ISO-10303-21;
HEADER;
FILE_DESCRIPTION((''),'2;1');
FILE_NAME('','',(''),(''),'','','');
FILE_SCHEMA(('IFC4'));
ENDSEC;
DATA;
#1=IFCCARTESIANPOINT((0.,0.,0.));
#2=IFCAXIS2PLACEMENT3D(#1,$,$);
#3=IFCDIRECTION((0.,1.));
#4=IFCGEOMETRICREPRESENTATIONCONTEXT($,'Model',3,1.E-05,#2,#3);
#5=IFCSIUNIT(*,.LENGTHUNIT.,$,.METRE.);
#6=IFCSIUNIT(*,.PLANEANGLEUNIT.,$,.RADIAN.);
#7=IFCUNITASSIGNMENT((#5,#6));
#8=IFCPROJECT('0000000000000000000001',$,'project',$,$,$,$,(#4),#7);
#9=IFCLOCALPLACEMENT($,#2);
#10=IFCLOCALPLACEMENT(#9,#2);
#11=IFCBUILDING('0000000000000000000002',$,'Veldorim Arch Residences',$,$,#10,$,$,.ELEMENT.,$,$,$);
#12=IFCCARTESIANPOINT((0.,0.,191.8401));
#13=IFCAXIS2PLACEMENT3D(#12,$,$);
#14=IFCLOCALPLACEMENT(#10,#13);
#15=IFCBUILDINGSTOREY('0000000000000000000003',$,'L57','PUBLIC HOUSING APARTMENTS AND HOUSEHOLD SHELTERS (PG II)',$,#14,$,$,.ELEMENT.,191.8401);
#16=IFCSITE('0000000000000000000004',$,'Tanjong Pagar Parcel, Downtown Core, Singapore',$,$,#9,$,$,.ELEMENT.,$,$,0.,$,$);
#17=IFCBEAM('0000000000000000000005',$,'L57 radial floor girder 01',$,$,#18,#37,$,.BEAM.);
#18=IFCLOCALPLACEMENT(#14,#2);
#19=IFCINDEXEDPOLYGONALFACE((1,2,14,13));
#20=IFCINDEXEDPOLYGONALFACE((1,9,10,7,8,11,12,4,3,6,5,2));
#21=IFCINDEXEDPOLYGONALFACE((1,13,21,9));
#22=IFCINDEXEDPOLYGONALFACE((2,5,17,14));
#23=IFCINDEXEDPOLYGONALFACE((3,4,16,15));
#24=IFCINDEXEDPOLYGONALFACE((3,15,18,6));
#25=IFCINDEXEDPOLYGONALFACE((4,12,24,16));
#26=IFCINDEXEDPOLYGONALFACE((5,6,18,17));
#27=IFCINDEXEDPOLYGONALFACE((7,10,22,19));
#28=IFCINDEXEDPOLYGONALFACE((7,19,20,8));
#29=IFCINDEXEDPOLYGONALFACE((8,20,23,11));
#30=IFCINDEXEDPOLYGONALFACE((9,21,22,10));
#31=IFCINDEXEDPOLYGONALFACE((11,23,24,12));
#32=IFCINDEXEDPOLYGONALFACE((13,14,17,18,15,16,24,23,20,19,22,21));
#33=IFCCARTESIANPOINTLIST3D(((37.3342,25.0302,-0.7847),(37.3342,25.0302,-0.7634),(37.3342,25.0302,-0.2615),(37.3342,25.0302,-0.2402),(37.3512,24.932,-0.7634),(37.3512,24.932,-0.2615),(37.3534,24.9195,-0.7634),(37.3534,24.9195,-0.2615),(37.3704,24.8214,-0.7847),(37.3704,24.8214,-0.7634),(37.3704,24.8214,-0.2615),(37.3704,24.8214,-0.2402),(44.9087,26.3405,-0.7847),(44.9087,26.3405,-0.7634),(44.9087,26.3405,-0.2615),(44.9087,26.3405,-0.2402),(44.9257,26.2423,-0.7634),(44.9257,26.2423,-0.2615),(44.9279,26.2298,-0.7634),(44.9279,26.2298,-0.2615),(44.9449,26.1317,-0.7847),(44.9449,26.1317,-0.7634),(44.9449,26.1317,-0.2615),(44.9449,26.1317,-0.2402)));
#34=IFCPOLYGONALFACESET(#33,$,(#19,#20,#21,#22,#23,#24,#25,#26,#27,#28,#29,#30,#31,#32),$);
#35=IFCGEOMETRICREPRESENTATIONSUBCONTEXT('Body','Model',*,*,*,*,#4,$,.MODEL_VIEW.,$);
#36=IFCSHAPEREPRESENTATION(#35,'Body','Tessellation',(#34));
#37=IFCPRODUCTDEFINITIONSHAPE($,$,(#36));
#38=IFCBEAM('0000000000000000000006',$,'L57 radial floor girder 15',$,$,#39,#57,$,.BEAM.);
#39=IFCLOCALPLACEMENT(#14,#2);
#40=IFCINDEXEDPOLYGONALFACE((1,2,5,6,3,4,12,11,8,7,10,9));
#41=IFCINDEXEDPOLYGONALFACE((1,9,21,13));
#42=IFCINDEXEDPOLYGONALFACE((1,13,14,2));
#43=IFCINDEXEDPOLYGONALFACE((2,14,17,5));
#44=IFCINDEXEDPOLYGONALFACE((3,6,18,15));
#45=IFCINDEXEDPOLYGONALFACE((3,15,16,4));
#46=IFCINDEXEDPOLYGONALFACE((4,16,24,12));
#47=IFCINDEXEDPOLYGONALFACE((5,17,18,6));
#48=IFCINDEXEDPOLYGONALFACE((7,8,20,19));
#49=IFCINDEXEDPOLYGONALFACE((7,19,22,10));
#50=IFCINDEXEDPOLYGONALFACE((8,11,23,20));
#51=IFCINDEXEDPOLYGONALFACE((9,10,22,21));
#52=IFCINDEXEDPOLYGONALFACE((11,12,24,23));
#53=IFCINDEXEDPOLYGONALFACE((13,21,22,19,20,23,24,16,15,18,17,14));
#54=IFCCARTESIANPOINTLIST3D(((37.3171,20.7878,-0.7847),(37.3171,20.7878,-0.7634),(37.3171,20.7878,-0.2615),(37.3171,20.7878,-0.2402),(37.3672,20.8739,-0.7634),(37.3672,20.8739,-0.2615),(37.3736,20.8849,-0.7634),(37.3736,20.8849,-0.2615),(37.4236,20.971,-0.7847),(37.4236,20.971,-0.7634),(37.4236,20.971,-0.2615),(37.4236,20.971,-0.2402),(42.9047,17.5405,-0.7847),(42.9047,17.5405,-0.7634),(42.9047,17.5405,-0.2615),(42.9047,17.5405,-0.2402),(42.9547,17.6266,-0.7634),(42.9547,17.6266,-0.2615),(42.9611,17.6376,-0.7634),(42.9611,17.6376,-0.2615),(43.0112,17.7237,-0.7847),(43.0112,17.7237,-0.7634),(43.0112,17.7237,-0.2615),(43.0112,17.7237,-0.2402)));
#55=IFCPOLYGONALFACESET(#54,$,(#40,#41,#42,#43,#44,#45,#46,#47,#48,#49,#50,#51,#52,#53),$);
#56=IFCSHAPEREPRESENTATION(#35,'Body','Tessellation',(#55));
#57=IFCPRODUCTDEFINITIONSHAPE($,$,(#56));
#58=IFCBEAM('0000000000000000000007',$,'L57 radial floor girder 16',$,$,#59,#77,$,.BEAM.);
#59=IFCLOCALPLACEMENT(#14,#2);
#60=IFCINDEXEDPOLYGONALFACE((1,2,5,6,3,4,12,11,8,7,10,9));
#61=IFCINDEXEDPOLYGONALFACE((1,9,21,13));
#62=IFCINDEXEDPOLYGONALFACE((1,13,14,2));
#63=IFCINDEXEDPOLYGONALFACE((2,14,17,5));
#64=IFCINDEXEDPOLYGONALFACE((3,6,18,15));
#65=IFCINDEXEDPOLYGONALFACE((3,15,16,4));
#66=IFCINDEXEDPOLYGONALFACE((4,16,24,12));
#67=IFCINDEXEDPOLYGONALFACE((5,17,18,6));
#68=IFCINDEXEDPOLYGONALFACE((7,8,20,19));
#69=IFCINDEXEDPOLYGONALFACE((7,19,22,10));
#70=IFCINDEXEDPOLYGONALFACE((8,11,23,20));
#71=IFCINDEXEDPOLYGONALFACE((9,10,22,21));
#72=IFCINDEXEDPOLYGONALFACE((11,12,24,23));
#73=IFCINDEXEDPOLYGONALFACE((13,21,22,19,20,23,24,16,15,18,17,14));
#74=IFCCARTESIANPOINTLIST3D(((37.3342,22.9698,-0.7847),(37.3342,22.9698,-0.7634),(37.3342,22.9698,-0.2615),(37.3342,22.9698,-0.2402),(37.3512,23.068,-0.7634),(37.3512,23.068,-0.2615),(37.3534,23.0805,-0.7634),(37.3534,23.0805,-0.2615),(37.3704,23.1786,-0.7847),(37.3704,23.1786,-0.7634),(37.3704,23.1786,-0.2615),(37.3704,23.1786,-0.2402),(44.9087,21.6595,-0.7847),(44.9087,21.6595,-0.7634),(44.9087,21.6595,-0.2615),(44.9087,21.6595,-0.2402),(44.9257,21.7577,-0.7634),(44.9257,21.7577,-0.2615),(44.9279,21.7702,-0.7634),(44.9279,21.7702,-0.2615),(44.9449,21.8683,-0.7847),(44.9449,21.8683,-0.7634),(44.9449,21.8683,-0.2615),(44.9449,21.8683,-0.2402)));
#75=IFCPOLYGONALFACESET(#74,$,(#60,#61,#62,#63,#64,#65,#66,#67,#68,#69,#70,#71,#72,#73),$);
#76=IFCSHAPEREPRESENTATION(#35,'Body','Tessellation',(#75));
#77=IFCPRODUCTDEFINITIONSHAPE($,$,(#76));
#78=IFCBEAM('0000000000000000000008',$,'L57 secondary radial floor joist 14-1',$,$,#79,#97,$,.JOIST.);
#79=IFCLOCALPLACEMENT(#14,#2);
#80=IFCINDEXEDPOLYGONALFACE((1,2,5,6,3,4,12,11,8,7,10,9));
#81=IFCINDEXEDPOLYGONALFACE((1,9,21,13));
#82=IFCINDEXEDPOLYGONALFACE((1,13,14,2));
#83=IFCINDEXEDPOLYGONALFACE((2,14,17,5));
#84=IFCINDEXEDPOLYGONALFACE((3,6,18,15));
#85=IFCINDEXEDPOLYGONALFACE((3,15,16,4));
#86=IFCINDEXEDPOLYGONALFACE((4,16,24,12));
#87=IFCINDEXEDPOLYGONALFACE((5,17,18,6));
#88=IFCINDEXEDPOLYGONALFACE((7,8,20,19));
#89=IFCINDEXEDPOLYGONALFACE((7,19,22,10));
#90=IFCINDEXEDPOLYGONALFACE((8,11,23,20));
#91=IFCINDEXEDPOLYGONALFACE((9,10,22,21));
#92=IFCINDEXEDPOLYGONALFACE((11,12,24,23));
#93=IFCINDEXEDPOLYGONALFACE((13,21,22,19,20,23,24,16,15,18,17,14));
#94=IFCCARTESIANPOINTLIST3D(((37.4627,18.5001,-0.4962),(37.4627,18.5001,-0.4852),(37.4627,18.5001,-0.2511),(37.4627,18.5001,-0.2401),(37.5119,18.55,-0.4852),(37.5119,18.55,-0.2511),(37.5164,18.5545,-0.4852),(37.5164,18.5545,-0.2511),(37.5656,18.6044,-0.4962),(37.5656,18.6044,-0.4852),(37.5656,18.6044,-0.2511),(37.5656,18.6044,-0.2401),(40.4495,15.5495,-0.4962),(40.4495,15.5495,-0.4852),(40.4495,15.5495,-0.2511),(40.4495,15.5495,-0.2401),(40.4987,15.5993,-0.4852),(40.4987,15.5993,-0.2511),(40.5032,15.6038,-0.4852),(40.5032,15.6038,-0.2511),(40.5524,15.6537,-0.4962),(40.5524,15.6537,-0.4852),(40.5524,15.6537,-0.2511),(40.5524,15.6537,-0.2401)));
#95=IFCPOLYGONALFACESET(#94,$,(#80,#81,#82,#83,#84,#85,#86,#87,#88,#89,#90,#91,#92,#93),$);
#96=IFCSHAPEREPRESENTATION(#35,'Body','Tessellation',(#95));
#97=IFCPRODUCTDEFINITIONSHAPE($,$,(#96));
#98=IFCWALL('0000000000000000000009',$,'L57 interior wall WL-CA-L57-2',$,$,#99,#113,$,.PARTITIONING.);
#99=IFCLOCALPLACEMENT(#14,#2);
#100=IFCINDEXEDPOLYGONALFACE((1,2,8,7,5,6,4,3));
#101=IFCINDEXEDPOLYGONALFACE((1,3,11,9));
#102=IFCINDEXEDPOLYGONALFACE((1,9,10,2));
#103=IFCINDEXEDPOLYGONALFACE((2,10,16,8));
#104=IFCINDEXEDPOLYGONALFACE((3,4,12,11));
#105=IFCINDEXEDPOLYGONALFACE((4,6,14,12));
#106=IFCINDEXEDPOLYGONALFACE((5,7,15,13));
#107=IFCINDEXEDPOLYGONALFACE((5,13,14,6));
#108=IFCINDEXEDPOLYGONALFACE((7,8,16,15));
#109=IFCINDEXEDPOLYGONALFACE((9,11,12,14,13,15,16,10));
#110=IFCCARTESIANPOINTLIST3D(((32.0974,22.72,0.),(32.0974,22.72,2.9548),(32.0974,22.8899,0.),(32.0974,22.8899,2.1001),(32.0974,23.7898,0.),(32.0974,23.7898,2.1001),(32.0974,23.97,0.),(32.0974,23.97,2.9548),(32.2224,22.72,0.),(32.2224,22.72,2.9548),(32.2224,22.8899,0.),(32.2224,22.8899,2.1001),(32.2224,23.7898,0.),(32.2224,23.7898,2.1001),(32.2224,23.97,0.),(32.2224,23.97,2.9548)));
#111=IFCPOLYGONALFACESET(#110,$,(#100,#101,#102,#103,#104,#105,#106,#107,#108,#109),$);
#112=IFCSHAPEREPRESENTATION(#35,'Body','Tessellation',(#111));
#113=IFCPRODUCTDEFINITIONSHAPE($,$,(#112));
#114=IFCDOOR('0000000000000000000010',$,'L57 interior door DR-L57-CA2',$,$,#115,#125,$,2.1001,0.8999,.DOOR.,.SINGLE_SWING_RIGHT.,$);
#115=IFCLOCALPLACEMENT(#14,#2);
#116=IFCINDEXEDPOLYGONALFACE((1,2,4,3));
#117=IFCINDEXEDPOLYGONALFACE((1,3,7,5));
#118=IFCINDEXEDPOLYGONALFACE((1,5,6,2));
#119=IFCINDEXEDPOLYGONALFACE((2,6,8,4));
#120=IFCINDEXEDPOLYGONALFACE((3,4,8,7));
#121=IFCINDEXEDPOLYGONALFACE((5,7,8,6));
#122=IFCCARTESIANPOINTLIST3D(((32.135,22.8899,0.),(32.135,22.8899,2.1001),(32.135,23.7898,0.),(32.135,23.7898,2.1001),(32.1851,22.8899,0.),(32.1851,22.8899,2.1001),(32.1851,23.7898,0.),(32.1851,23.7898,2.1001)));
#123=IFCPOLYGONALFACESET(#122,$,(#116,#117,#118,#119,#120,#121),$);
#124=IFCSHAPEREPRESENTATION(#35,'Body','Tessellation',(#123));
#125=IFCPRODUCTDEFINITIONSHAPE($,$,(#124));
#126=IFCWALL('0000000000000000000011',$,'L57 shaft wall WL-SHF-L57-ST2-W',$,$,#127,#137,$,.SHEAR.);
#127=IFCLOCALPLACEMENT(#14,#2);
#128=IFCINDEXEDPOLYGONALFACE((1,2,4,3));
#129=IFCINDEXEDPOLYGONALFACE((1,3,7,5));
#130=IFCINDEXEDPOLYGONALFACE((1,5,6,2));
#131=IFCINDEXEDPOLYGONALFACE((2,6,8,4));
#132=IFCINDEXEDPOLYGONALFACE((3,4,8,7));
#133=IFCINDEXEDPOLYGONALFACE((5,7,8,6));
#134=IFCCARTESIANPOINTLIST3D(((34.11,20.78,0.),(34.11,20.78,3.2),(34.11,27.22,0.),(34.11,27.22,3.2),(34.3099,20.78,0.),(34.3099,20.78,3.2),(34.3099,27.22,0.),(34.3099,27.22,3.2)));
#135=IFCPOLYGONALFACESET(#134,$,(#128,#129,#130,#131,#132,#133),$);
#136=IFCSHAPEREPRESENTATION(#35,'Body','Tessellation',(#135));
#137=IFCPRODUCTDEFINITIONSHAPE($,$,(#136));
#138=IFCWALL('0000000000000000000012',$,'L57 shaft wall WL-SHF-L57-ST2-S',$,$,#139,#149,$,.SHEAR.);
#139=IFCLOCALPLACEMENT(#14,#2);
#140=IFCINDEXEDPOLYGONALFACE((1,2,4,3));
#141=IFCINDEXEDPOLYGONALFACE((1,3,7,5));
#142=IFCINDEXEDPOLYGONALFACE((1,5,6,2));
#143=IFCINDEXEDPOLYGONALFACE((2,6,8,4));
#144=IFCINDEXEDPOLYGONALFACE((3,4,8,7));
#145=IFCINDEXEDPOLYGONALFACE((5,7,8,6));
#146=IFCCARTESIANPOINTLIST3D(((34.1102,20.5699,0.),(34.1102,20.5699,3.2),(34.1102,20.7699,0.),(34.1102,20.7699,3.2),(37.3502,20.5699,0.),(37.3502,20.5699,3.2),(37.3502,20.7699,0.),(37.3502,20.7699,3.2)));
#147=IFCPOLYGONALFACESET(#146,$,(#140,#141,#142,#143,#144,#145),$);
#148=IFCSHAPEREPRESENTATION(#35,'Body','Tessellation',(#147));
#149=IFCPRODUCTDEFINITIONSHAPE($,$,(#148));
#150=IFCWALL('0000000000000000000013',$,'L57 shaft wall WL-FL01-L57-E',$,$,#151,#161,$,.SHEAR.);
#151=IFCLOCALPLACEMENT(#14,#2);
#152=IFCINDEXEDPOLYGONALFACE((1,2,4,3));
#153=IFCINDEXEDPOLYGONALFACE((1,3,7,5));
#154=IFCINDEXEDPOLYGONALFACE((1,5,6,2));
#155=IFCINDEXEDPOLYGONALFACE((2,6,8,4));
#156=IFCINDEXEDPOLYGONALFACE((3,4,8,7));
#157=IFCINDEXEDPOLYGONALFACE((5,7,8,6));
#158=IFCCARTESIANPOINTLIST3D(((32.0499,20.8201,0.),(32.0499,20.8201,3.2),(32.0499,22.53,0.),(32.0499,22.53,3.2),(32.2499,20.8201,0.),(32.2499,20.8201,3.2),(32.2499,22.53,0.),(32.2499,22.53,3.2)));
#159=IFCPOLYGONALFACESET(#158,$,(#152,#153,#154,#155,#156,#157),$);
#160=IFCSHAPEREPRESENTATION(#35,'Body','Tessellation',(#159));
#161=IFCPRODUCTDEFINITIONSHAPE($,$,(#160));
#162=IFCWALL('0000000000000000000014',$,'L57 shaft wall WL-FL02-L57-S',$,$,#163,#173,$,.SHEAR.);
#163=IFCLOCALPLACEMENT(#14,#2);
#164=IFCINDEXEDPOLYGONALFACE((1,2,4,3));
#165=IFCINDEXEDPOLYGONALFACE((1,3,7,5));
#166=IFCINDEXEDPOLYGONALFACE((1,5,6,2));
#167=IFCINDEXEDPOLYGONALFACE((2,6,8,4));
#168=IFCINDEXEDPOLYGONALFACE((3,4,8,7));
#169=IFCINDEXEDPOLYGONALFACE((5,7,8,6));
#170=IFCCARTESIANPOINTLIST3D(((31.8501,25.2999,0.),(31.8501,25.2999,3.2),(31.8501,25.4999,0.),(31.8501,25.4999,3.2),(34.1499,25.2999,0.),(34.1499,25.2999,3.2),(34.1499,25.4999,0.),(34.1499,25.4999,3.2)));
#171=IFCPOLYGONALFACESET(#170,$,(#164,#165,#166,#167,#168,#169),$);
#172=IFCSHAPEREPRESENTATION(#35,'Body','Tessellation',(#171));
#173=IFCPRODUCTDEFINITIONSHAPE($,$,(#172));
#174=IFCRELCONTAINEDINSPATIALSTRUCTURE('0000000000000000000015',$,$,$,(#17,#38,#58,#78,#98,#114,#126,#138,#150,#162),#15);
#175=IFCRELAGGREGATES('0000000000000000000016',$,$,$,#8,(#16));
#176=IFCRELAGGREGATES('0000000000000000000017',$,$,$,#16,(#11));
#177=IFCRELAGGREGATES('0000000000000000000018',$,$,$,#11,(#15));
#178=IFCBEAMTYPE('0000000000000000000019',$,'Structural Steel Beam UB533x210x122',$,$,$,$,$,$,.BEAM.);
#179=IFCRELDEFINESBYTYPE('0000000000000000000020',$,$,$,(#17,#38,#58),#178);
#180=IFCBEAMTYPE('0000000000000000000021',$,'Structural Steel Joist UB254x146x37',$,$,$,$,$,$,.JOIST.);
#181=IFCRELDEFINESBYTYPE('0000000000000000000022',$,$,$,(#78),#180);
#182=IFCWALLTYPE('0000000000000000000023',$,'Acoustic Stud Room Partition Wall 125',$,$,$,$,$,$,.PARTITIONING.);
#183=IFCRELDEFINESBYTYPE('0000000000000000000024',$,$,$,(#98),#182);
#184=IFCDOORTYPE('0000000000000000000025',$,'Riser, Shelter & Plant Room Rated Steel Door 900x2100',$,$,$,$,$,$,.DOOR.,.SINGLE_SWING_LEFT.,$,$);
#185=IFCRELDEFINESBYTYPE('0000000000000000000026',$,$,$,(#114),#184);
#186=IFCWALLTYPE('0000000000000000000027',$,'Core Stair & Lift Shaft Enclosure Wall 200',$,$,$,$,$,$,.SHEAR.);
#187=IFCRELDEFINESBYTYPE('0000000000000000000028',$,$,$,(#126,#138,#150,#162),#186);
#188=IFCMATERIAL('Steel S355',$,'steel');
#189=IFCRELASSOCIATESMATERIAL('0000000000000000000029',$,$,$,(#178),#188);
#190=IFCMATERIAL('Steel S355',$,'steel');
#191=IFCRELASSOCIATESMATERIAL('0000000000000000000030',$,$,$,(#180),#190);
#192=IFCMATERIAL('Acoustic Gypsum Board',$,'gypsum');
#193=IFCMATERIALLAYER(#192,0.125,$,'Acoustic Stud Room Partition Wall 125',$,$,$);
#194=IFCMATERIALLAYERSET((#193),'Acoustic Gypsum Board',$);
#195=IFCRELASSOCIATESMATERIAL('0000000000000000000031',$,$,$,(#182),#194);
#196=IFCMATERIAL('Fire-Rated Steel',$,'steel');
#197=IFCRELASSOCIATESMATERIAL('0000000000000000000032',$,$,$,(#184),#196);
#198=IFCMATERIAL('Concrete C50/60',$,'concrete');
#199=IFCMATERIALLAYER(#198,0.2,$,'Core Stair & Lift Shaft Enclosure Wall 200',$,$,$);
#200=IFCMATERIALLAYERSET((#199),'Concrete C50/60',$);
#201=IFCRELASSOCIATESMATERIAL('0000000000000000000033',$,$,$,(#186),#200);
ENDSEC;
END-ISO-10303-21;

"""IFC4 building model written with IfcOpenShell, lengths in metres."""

from ifc_helpers import new_model, si_unit, direction, frame, frame_2d, origin, origin_2d, place, context, subcontext, project, spatial, rectangle, i_section, extrude, material, layer, layer_set, material_profile, profile_set, type_object, element, fill, save


model = new_model("IFC4")

# Units and contexts
model_context = context("Model", 3, precision=1e-05, world=origin(), true_north=direction((0.0, 1.0)))
body_context = subcontext(model_context, "Body", "Model", "MODEL_VIEW")
ifc_project = project(units=[si_unit("LENGTHUNIT", "METRE"), si_unit("PLANEANGLEUNIT", "RADIAN")], contexts=[model_context])

# Site, building, storey
site_placement = place(None, origin())
site = spatial("IfcSite", under=ifc_project, at=site_placement, Name="Tanjong Pagar Parcel, Downtown Core, Singapore", CompositionType="ELEMENT", RefElevation=0.0)
building_placement = place(site_placement, origin())
building = spatial("IfcBuilding", under=site, at=building_placement, Name="Veldorim Arch Residences", CompositionType="ELEMENT")
storey_placement = place(building_placement, frame((0.0, 0.0, 191.8401)))
storey = spatial("IfcBuildingStorey", under=building, at=storey_placement, Name="L57", Description="PUBLIC HOUSING APARTMENTS AND HOUSEHOLD SHELTERS (PG II)", CompositionType="ELEMENT", Elevation=191.8401)

# Beams
ifc_material_1 = material(Name="Steel S355", Category="steel")
ifc_material_profile_1 = material_profile(ifc_material_1, i_section(OverallWidth=0.2119, OverallDepth=0.5444, WebThickness=0.0127, FlangeThickness=0.0212, at=origin_2d()), Name="UB533x210x122")
ifc_profile_set_1 = profile_set([ifc_material_profile_1], Name="Steel S355")
beam_type_1 = type_object("IfcBeamType", Name="Structural Steel Beam UB533x210x122", PredefinedType="BEAM", material=ifc_profile_set_1)
beam_1_placement = place(storey_placement, frame((37.3523, 24.9258, -0.5125), z_axis=(0.985365, 0.170458, 0.0), x_axis=(-0.170458, 0.985365, 0.0)))
element("IfcBeam", 1, at=beam_1_placement, inside=storey, type_object=beam_type_1, Name="L57 radial floor girder 01", PredefinedType="BEAM", context=body_context, shape_type="SweptSolid", body=[
    extrude(i_section(OverallWidth=0.2119, OverallDepth=0.5444, WebThickness=0.0127, FlangeThickness=0.0212, at=origin_2d()), origin(), (0.0, 0.0, 1.0), 7.687),
])
beam_2_placement = place(storey_placement, frame((37.3704, 20.8794, -0.5125), z_axis=(0.864596, -0.502468, 0.0), x_axis=(0.502468, 0.864596, 0.0)))
element("IfcBeam", 2, at=beam_2_placement, inside=storey, type_object=beam_type_1, Name="L57 radial floor girder 15", PredefinedType="BEAM", context=body_context, shape_type="SweptSolid", body=[
    extrude(i_section(OverallWidth=0.2119, OverallDepth=0.5444, WebThickness=0.0127, FlangeThickness=0.0212, at=origin_2d()), origin(), (0.0, 0.0, 1.0), 6.4626),
])
beam_3_placement = place(storey_placement, frame((37.3523, 23.0742, -0.5125), z_axis=(0.985365, -0.170458, 0.0), x_axis=(0.170458, 0.985365, 0.0)))
element("IfcBeam", 3, at=beam_3_placement, inside=storey, type_object=beam_type_1, Name="L57 radial floor girder 16", PredefinedType="BEAM", context=body_context, shape_type="SweptSolid", body=[
    extrude(i_section(OverallWidth=0.2119, OverallDepth=0.5444, WebThickness=0.0127, FlangeThickness=0.0212, at=origin_2d()), origin(), (0.0, 0.0, 1.0), 7.687),
])
ifc_material_2 = material(Name="Steel S355", Category="steel")
ifc_material_profile_2 = material_profile(ifc_material_2, i_section(OverallWidth=0.1465, OverallDepth=0.2561, WebThickness=0.0063, FlangeThickness=0.011, at=origin_2d()), Name="UB254x146x37")
ifc_profile_set_2 = profile_set([ifc_material_profile_2], Name="Steel S355")
beam_type_2 = type_object("IfcBeamType", Name="Structural Steel Joist UB254x146x37", PredefinedType="JOIST", material=ifc_profile_set_2)
beam_4_placement = place(storey_placement, frame((37.5142, 18.5522, -0.3682), z_axis=(0.711397, -0.702791, 0.0), x_axis=(0.702791, 0.711397, 0.0)))
element("IfcBeam", 4, at=beam_4_placement, inside=storey, type_object=beam_type_2, Name="L57 secondary radial floor joist 14-1", PredefinedType="JOIST", context=body_context, shape_type="SweptSolid", body=[
    extrude(i_section(OverallWidth=0.1465, OverallDepth=0.2561, WebThickness=0.0063, FlangeThickness=0.011, at=origin_2d()), origin(), (0.0, 0.0, 1.0), 4.1985),
])

# Wall, opening, door
ifc_material_3 = material(Name="Acoustic Gypsum Board", Category="gypsum")
ifc_layer_1 = layer(ifc_material_3, 0.125, Name="Acoustic Stud Room Partition Wall 125")
ifc_layer_set_1 = layer_set([ifc_layer_1], Name="Acoustic Gypsum Board")
wall_type_1 = type_object("IfcWallType", Name="Acoustic Stud Room Partition Wall 125", PredefinedType="PARTITIONING", material=ifc_layer_set_1)
wall_1_placement = place(storey_placement, frame((32.1599, 22.72, 0.0), z_axis=(0.0, 0.0, 1.0), x_axis=(0.0, 1.0, 0.0)))
wall_1 = element("IfcWall", 5, at=wall_1_placement, inside=storey, type_object=wall_type_1, Name="L57 interior wall WL-CA-L57-2", PredefinedType="PARTITIONING", context=body_context, shape_type="SweptSolid", body=[
    extrude(rectangle(XDim=1.25, YDim=0.125, at=frame_2d((0.625, 0.0))), origin(), (0.0, 0.0, 1.0), 2.9548),
])
opening_placement = place(wall_1_placement, frame((0.1699, 0.0, 0.0)))
opening = element("IfcOpeningElement", 6, at=opening_placement, cuts=wall_1, PredefinedType="OPENING", context=body_context, shape_type="SweptSolid", body=[
    extrude(rectangle(XDim=0.8999, YDim=2.1001, at=frame_2d((0.45, 1.05))), frame((0.0, 0.0725, 0.0), z_axis=(0.0, -1.0, 0.0), x_axis=(1.0, 0.0, 0.0)), (0.0, 0.0, 1.0), 0.145),
])
ifc_material_4 = material(Name="Fire-Rated Steel", Category="steel")
door_type = type_object("IfcDoorType", Name="Riser, Shelter & Plant Room Rated Steel Door 900x2100", OperationType="SINGLE_SWING_LEFT", PredefinedType="DOOR", material=ifc_material_4)
door_placement = place(opening_placement, origin())
door = element("IfcDoor", 7, at=door_placement, inside=storey, type_object=door_type, Name="L57 interior door DR-L57-CA2", OperationType="SINGLE_SWING_RIGHT", OverallHeight=2.1001, OverallWidth=0.8999, PredefinedType="DOOR", context=body_context, shape_type="SweptSolid", body=[
    extrude(rectangle(XDim=0.8999, YDim=2.1001, at=frame_2d((0.45, 1.05))), frame((0.0, 0.0249, 0.0), z_axis=(0.0, -1.0, 0.0), x_axis=(1.0, 0.0, 0.0)), (0.0, 0.0, 1.0), 0.05),
])
fill(opening, door)

# Walls
ifc_material_5 = material(Name="Concrete C50/60", Category="concrete")
ifc_layer_2 = layer(ifc_material_5, 0.2, Name="Core Stair & Lift Shaft Enclosure Wall 200")
ifc_layer_set_2 = layer_set([ifc_layer_2], Name="Concrete C50/60")
wall_type_2 = type_object("IfcWallType", Name="Core Stair & Lift Shaft Enclosure Wall 200", PredefinedType="SHEAR", material=ifc_layer_set_2)
wall_2_placement = place(storey_placement, frame((34.21, 20.78, 0.0), z_axis=(0.0, 0.0, 1.0), x_axis=(0.0, 1.0, 0.0)))
element("IfcWall", 8, at=wall_2_placement, inside=storey, type_object=wall_type_2, Name="L57 shaft wall WL-SHF-L57-ST2-W", PredefinedType="SHEAR", context=body_context, shape_type="SweptSolid", body=[
    extrude(rectangle(XDim=6.4399, YDim=0.2, at=frame_2d((3.22, 0.0))), origin(), (0.0, 0.0, 1.0), 3.2),
])
wall_3_placement = place(storey_placement, frame((34.1101, 20.6699, 0.0), z_axis=(0.0, 0.0, 1.0), x_axis=(1.0, 0.0, 0.0)))
element("IfcWall", 9, at=wall_3_placement, inside=storey, type_object=wall_type_2, Name="L57 shaft wall WL-SHF-L57-ST2-S", PredefinedType="SHEAR", context=body_context, shape_type="SweptSolid", body=[
    extrude(rectangle(XDim=3.24, YDim=0.2, at=frame_2d((1.6201, 0.0))), origin(), (0.0, 0.0, 1.0), 3.2),
])
wall_4_placement = place(storey_placement, frame((32.1499, 20.8201, 0.0), z_axis=(0.0, 0.0, 1.0), x_axis=(0.0, 1.0, 0.0)))
element("IfcWall", 10, at=wall_4_placement, inside=storey, type_object=wall_type_2, Name="L57 shaft wall WL-FL01-L57-E", PredefinedType="SHEAR", context=body_context, shape_type="SweptSolid", body=[
    extrude(rectangle(XDim=1.71, YDim=0.2, at=frame_2d((0.855, 0.0))), origin(), (0.0, 0.0, 1.0), 3.2),
])
wall_5_placement = place(storey_placement, frame((31.8501, 25.3999, 0.0), z_axis=(0.0, 0.0, 1.0), x_axis=(1.0, 0.0, 0.0)))
element("IfcWall", 11, at=wall_5_placement, inside=storey, type_object=wall_type_2, Name="L57 shaft wall WL-FL02-L57-S", PredefinedType="SHEAR", context=body_context, shape_type="SweptSolid", body=[
    extrude(rectangle(XDim=2.2998, YDim=0.2, at=frame_2d((1.1499, 0.0))), origin(), (0.0, 0.0, 1.0), 3.2),
])

save(model, "model.ifc")
